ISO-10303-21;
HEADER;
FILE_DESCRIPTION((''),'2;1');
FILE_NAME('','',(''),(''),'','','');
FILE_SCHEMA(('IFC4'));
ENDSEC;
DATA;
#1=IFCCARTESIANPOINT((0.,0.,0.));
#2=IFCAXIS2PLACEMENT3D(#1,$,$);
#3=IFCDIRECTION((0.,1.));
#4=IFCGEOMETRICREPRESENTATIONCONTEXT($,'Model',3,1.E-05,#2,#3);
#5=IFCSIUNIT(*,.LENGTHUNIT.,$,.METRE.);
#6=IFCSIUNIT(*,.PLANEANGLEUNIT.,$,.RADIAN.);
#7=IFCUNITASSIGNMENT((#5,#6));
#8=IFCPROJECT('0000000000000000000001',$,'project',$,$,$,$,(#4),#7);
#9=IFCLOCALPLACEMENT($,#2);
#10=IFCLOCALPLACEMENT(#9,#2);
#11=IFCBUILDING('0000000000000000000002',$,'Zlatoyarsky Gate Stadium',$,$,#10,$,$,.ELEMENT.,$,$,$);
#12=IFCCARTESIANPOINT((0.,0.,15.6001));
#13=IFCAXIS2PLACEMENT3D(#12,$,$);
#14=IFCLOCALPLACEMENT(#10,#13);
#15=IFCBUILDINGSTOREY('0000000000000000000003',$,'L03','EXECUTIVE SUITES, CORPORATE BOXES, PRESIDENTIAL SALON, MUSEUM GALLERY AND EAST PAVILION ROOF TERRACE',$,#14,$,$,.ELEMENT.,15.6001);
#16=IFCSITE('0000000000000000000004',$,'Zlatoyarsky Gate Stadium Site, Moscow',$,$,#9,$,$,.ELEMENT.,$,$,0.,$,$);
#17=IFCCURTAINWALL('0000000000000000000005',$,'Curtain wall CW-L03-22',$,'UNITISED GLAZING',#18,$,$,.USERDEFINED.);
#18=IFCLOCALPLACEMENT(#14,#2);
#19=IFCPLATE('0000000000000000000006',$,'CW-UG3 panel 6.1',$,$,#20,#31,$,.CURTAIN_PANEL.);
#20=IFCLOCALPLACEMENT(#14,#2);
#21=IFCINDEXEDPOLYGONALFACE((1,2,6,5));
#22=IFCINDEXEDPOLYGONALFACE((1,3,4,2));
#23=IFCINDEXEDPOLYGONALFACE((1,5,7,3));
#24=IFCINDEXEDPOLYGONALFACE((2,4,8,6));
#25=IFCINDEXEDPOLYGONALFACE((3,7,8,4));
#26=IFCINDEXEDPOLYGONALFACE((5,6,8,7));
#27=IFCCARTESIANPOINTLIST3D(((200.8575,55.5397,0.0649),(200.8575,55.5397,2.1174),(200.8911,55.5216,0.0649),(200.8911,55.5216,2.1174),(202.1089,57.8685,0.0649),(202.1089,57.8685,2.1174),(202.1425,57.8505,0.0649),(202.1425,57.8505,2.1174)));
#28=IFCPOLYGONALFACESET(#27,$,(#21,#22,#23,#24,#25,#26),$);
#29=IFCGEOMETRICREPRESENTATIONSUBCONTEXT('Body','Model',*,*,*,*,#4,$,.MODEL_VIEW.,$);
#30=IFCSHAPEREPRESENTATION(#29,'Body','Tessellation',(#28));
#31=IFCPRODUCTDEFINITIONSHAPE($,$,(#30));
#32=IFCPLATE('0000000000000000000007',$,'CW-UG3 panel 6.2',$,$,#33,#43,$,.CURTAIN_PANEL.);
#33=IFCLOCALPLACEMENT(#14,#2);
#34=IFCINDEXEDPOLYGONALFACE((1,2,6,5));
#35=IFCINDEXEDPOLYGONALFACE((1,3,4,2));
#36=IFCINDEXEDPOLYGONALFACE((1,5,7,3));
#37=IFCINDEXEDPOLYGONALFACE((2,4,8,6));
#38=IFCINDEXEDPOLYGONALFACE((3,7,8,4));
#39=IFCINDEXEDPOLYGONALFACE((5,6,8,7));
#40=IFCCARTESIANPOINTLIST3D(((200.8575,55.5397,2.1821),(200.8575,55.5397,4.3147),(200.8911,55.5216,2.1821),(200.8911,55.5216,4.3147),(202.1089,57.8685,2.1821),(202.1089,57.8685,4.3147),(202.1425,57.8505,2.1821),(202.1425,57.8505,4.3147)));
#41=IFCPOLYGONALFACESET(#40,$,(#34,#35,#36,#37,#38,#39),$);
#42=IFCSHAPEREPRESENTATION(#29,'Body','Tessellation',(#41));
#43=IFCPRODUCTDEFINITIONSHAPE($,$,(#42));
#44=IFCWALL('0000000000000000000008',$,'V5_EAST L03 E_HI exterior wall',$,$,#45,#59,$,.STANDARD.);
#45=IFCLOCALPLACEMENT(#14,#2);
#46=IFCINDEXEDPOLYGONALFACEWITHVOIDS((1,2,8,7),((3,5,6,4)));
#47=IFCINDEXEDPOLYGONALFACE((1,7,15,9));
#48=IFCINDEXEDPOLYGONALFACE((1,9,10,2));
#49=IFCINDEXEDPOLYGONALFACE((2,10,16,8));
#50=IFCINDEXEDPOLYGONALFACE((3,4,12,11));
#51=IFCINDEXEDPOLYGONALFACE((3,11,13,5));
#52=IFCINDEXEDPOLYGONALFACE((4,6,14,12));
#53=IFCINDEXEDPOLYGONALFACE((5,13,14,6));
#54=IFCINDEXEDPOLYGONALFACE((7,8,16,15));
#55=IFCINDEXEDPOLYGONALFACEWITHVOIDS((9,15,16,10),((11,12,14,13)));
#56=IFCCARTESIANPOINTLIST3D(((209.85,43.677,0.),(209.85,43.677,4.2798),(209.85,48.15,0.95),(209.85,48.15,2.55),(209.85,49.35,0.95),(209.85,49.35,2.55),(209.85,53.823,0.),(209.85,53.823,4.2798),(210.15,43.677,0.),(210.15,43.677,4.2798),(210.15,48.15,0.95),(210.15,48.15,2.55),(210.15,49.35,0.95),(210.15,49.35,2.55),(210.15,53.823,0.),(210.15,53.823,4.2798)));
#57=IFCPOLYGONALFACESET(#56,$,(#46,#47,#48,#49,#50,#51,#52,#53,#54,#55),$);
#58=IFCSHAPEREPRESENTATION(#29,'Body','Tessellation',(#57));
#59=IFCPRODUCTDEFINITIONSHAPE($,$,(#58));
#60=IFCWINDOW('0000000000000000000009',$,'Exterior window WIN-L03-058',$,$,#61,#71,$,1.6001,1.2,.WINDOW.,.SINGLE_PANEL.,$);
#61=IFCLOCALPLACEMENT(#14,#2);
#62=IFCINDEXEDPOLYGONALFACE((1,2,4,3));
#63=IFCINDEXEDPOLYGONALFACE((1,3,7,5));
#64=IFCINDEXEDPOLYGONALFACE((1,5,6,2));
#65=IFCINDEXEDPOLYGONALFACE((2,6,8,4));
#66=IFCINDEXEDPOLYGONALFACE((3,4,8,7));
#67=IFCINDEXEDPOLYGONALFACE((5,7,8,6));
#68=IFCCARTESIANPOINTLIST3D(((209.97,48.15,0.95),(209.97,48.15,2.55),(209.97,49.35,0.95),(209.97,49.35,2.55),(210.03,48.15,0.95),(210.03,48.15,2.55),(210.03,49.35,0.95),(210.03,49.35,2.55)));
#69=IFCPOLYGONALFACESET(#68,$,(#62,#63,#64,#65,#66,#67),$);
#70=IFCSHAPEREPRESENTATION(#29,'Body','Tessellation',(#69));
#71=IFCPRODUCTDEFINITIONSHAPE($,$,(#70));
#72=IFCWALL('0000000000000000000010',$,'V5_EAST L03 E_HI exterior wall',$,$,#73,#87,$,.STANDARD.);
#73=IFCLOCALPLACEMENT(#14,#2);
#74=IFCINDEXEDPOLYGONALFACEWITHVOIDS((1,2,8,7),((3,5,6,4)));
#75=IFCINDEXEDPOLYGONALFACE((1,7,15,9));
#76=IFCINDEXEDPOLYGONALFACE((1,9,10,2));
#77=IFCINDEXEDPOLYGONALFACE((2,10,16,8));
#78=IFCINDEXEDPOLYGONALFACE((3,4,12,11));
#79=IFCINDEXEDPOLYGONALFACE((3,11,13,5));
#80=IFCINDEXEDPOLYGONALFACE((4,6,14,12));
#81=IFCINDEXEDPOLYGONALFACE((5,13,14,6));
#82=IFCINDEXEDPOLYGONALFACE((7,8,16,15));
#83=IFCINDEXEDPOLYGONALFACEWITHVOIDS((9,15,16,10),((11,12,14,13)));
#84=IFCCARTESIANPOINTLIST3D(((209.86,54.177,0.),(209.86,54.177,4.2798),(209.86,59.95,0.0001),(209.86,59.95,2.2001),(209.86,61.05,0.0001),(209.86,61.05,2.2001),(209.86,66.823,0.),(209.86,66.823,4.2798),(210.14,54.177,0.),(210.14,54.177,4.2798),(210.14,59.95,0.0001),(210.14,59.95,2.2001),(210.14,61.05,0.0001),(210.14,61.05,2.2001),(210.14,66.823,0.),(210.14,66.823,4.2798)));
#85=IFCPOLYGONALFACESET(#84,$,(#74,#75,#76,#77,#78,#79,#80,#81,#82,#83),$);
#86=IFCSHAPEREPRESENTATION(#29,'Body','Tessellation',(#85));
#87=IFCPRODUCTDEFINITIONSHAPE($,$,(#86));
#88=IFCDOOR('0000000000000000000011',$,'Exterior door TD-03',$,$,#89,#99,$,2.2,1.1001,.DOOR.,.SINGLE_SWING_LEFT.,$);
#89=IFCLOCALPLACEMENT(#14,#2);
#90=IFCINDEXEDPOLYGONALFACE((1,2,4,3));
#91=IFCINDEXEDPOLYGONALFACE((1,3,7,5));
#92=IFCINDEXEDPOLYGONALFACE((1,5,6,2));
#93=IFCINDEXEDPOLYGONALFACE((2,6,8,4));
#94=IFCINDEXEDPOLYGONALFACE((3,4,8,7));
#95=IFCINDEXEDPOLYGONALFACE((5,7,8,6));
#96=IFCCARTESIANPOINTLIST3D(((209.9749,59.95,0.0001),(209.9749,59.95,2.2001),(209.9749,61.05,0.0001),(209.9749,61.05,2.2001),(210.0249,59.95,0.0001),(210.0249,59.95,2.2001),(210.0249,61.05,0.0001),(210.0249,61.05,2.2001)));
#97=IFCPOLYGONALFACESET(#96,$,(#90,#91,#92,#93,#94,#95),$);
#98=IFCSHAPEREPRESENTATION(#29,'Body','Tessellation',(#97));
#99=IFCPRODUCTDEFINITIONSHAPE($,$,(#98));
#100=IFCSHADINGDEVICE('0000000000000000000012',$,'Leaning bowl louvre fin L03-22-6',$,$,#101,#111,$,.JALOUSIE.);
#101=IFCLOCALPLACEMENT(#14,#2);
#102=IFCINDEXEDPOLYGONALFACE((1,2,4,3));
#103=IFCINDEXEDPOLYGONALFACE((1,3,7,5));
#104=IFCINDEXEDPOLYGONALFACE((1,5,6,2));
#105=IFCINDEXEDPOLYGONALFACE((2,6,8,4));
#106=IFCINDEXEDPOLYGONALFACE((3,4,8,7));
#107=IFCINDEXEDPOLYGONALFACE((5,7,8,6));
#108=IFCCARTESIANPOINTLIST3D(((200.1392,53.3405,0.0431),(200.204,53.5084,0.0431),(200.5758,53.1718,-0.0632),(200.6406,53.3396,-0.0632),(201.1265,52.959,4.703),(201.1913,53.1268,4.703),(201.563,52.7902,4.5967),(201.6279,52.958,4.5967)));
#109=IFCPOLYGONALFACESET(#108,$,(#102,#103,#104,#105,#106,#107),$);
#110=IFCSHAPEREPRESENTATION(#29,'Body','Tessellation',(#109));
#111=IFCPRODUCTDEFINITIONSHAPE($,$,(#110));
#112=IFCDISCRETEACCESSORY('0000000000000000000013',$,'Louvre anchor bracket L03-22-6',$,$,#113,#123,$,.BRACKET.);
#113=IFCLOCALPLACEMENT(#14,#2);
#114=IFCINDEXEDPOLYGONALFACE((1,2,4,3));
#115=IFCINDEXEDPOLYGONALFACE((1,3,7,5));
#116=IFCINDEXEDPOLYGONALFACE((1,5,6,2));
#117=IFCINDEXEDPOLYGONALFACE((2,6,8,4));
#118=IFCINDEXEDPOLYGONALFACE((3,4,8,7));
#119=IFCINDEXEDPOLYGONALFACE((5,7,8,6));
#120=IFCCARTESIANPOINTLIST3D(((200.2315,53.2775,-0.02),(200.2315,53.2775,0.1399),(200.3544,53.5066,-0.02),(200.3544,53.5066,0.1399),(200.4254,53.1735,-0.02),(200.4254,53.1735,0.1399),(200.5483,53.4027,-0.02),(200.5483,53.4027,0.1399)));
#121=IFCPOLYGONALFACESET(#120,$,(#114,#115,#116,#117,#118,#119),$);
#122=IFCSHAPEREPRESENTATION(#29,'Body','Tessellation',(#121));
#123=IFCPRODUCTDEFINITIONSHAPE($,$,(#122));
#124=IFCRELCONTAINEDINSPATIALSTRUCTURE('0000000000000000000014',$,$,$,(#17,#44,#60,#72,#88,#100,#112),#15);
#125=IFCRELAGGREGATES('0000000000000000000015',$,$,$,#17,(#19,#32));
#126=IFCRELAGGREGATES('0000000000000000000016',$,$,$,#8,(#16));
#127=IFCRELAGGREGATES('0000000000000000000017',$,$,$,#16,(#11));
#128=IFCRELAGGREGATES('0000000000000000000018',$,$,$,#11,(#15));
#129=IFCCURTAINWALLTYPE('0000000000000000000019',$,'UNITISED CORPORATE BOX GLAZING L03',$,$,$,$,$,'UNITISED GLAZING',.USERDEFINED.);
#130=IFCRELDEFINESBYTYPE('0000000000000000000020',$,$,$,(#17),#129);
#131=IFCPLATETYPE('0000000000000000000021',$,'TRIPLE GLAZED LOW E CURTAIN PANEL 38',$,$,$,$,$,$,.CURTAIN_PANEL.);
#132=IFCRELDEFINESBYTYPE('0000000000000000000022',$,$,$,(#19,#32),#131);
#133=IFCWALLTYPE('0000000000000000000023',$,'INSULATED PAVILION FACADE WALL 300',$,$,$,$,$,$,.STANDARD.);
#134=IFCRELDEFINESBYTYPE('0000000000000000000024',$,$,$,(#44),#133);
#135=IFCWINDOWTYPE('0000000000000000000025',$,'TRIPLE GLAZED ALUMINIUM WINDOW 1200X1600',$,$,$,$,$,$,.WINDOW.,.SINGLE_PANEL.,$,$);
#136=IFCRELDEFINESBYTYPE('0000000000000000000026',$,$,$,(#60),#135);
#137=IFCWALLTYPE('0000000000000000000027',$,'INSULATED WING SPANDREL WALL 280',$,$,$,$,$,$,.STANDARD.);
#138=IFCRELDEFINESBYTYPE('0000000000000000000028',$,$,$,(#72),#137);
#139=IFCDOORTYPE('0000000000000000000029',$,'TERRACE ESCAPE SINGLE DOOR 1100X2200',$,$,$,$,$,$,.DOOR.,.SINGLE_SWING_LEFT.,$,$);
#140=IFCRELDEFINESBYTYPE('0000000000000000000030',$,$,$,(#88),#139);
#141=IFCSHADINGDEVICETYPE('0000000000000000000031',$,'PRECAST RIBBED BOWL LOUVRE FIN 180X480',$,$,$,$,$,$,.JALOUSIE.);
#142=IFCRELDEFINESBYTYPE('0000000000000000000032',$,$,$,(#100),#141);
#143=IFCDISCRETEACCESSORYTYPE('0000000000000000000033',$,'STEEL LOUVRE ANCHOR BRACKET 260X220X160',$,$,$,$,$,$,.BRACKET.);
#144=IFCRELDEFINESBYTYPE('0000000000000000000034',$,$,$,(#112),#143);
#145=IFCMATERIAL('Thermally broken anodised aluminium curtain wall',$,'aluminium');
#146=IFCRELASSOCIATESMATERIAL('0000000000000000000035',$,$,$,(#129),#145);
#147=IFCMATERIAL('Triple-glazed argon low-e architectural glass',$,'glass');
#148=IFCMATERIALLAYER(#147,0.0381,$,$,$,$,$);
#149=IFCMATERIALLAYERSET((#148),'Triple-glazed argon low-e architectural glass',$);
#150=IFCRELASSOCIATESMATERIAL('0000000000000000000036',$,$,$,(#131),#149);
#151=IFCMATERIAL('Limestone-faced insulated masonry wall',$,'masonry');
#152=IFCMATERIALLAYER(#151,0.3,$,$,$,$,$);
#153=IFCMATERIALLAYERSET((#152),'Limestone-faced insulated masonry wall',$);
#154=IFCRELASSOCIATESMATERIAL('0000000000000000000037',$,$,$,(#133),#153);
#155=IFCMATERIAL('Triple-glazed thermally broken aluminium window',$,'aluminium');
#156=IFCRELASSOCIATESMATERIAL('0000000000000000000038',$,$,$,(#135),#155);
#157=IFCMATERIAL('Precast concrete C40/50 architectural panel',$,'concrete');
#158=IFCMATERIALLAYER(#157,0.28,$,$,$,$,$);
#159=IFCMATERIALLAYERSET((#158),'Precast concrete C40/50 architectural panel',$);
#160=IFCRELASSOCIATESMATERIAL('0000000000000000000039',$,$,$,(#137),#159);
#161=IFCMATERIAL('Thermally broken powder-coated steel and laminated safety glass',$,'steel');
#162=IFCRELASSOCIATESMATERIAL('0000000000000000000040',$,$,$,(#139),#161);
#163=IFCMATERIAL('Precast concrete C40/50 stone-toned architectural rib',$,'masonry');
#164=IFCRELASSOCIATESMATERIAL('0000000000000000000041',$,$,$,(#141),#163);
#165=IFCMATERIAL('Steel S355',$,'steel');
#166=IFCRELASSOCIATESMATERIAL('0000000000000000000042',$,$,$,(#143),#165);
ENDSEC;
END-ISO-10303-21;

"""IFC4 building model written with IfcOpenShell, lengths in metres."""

from ifc_helpers import new_model, si_unit, direction, frame, frame_2d, origin, origin_2d, place, context, subcontext, project, spatial, rectangle, extrude, material, layer, layer_set, material_profile, profile_set, type_object, element, fill, aggregate, save


model = new_model("IFC4")

# Units and contexts
model_context = context("Model", 3, precision=1e-05, world=origin(), true_north=direction((0.0, 1.0)))
body_context = subcontext(model_context, "Body", "Model", "MODEL_VIEW")
ifc_project = project(units=[si_unit("LENGTHUNIT", "METRE"), si_unit("PLANEANGLEUNIT", "RADIAN")], contexts=[model_context])

# Site, building, storey
site_placement = place(None, origin())
site = spatial("IfcSite", under=ifc_project, at=site_placement, Name="Zlatoyarsky Gate Stadium Site, Moscow", CompositionType="ELEMENT", RefElevation=0.0)
building_placement = place(site_placement, origin())
building = spatial("IfcBuilding", under=site, at=building_placement, Name="Zlatoyarsky Gate Stadium", CompositionType="ELEMENT")
storey_placement = place(building_placement, frame((0.0, 0.0, 15.6001)))
storey = spatial("IfcBuildingStorey", under=building, at=storey_placement, Name="L03", Description="EXECUTIVE SUITES, CORPORATE BOXES, PRESIDENTIAL SALON, MUSEUM GALLERY AND EAST PAVILION ROOF TERRACE", CompositionType="ELEMENT", Elevation=15.6001)

# Shared definitions
ifc_material_1 = material(Name="Steel S355", Category="steel")

# Curtain wall
ifc_material_2 = material(Name="Thermally broken anodised aluminium curtain wall", Category="aluminium")
curtain_wall_type = type_object("IfcCurtainWallType", Name="UNITISED CORPORATE BOX GLAZING L03", ElementType="UNITISED GLAZING", PredefinedType="USERDEFINED", material=ifc_material_2)
curtain_wall_placement = place(storey_placement, origin())
curtain_wall = element("IfcCurtainWall", 1, at=curtain_wall_placement, inside=storey, type_object=curtain_wall_type, Name="Curtain wall CW-L03-22", ObjectType="UNITISED GLAZING", PredefinedType="USERDEFINED")

# Plates
ifc_material_3 = material(Name="Triple-glazed argon low-e architectural glass", Category="glass")
ifc_layer_1 = layer(ifc_material_3, 0.0381)
ifc_layer_set_1 = layer_set([ifc_layer_1], Name="Triple-glazed argon low-e architectural glass")
plate_type_1 = type_object("IfcPlateType", Name="TRIPLE GLAZED LOW E CURTAIN PANEL 38", PredefinedType="CURTAIN_PANEL", material=ifc_layer_set_1)
plate_1_placement = place(storey_placement, frame((201.5, 56.6951, 0.0649), z_axis=(0.0, 0.0, 1.0), x_axis=(0.473345, 0.880877, 0.0)))
plate_1 = element("IfcPlate", 2, at=plate_1_placement, type_object=plate_type_1, Name="CW-UG3 panel 6.1", PredefinedType="CURTAIN_PANEL", context=body_context, shape_type="SweptSolid", body=[
    extrude(rectangle(XDim=2.6438, YDim=0.0381, at=origin_2d()), origin(), (0.0, 0.0, 1.0), 2.0525),
])
plate_2_placement = place(storey_placement, frame((201.5, 56.6951, 2.1821), z_axis=(0.0, 0.0, 1.0), x_axis=(0.473345, 0.880877, 0.0)))
plate_2 = element("IfcPlate", 3, at=plate_2_placement, type_object=plate_type_1, Name="CW-UG3 panel 6.2", PredefinedType="CURTAIN_PANEL", context=body_context, shape_type="SweptSolid", body=[
    extrude(rectangle(XDim=2.6438, YDim=0.0381, at=origin_2d()), origin(), (0.0, 0.0, 1.0), 2.1326),
])
aggregate(curtain_wall, [plate_1, plate_2])

# Wall, opening, window
ifc_material_4 = material(Name="Limestone-faced insulated masonry wall", Category="masonry")
ifc_layer_2 = layer(ifc_material_4, 0.3)
ifc_layer_set_2 = layer_set([ifc_layer_2], Name="Limestone-faced insulated masonry wall")
wall_type_1 = type_object("IfcWallType", Name="INSULATED PAVILION FACADE WALL 300", PredefinedType="STANDARD", material=ifc_layer_set_2)
wall_1_placement = place(storey_placement, frame((210.0, 43.677, 0.0), z_axis=(0.0, 0.0, 1.0), x_axis=(0.0, 1.0, 0.0)))
wall_1 = element("IfcWall", 4, at=wall_1_placement, inside=storey, type_object=wall_type_1, Name="V5_EAST L03 E_HI exterior wall", PredefinedType="STANDARD", context=body_context, shape_type="SweptSolid", body=[
    extrude(rectangle(XDim=10.146, YDim=0.3, at=frame_2d((5.073, 0.0))), origin(), (0.0, 0.0, 1.0), 4.2798),
])
opening_1_placement = place(wall_1_placement, frame((4.4729, 0.0, 0.95)))
opening_1 = element("IfcOpeningElement", 5, at=opening_1_placement, cuts=wall_1, PredefinedType="OPENING", context=body_context, shape_type="SweptSolid", body=[
    extrude(rectangle(XDim=1.2, YDim=1.6001, at=frame_2d((0.6001, 0.8))), frame((0.0, 0.1599, 0.0), z_axis=(0.0, -1.0, 0.0), x_axis=(1.0, 0.0, 0.0)), (0.0, 0.0, 1.0), 0.3201),
])
ifc_material_5 = material(Name="Triple-glazed thermally broken aluminium window", Category="aluminium")
window_type = type_object("IfcWindowType", Name="TRIPLE GLAZED ALUMINIUM WINDOW 1200X1600", PartitioningType="SINGLE_PANEL", PredefinedType="WINDOW", material=ifc_material_5)
window_placement = place(opening_1_placement, origin())
window = element("IfcWindow", 6, at=window_placement, inside=storey, type_object=window_type, Name="Exterior window WIN-L03-058", OverallHeight=1.6001, OverallWidth=1.2, PartitioningType="SINGLE_PANEL", PredefinedType="WINDOW", context=body_context, shape_type="SweptSolid", body=[
    extrude(rectangle(XDim=1.2, YDim=1.6001, at=frame_2d((0.6001, 0.8))), frame((0.0, 0.03, 0.0), z_axis=(0.0, -1.0, 0.0), x_axis=(1.0, 0.0, 0.0)), (0.0, 0.0, 1.0), 0.0601),
])
fill(opening_1, window)

# Wall, opening, door
ifc_material_6 = material(Name="Precast concrete C40/50 architectural panel", Category="concrete")
ifc_layer_3 = layer(ifc_material_6, 0.28)
ifc_layer_set_3 = layer_set([ifc_layer_3], Name="Precast concrete C40/50 architectural panel")
wall_type_2 = type_object("IfcWallType", Name="INSULATED WING SPANDREL WALL 280", PredefinedType="STANDARD", material=ifc_layer_set_3)
wall_2_placement = place(storey_placement, frame((210.0, 54.177, 0.0), z_axis=(0.0, 0.0, 1.0), x_axis=(0.0, 1.0, 0.0)))
wall_2 = element("IfcWall", 7, at=wall_2_placement, inside=storey, type_object=wall_type_2, Name="V5_EAST L03 E_HI exterior wall", PredefinedType="STANDARD", context=body_context, shape_type="SweptSolid", body=[
    extrude(rectangle(XDim=12.646, YDim=0.28, at=frame_2d((6.323, 0.0))), origin(), (0.0, 0.0, 1.0), 4.2798),
])
opening_2_placement = place(wall_2_placement, frame((5.7729, 0.0, 0.0)))
opening_2 = element("IfcOpeningElement", 8, at=opening_2_placement, cuts=wall_2, PredefinedType="OPENING", context=body_context, shape_type="SweptSolid", body=[
    extrude(rectangle(XDim=1.1001, YDim=2.2, at=frame_2d((0.55, 1.1001))), frame((0.0, 0.1499, 0.0), z_axis=(0.0, -1.0, 0.0), x_axis=(1.0, 0.0, 0.0)), (0.0, 0.0, 1.0), 0.3),
])
ifc_material_7 = material(Name="Thermally broken powder-coated steel and laminated safety glass", Category="steel")
door_type = type_object("IfcDoorType", Name="TERRACE ESCAPE SINGLE DOOR 1100X2200", OperationType="SINGLE_SWING_LEFT", PredefinedType="DOOR", material=ifc_material_7)
door_placement = place(opening_2_placement, frame((1.1001, 0.0, 0.0), z_axis=(0.0, 0.0, 1.0), x_axis=(-1.0, 0.0, 0.0)))
door = element("IfcDoor", 9, at=door_placement, inside=storey, type_object=door_type, Name="Exterior door TD-03", OperationType="SINGLE_SWING_LEFT", OverallHeight=2.2, OverallWidth=1.1001, PredefinedType="DOOR", context=body_context, shape_type="SweptSolid", body=[
    extrude(rectangle(XDim=1.1001, YDim=2.2, at=frame_2d((0.55, 1.1001))), frame((0.0, 0.0249, 0.0), z_axis=(0.0, -1.0, 0.0), x_axis=(1.0, 0.0, 0.0)), (0.0, 0.0, 1.0), 0.05),
])
fill(opening_2, door)

# Shading device
ifc_material_8 = material(Name="Precast concrete C40/50 stone-toned architectural rib", Category="masonry")
ifc_material_profile_1 = material_profile(ifc_material_8, rectangle(XDim=0.1799, YDim=0.48, at=origin_2d()), Name="RIB 180X480")
ifc_profile_set_1 = profile_set([ifc_material_profile_1], Name="Precast concrete C40/50 stone-toned architectural rib")
shading_device_type = type_object("IfcShadingDeviceType", Name="PRECAST RIBBED BOWL LOUVRE FIN 180X480", PredefinedType="JALOUSIE", material=ifc_profile_set_1)
shading_device_placement = place(storey_placement, frame((200.3899, 53.3401, -0.01), z_axis=(0.206609, -0.079854, 0.97516), x_axis=(0.360509, 0.932756, 0.0)))
element("IfcShadingDevice", 10, at=shading_device_placement, inside=storey, type_object=shading_device_type, Name="Leaning bowl louvre fin L03-22-6", PredefinedType="JALOUSIE", context=body_context, shape_type="SweptSolid", body=[
    extrude(rectangle(XDim=0.1799, YDim=0.48, at=origin_2d()), origin(), (0.0, 0.0, 1.0), 4.7786),
])

# Discrete accessory
discrete_accessory_type = type_object("IfcDiscreteAccessoryType", Name="STEEL LOUVRE ANCHOR BRACKET 260X220X160", PredefinedType="BRACKET", material=ifc_material_1)
discrete_accessory_placement = place(storey_placement, frame((200.3899, 53.3401, -0.02), z_axis=(0.0, 0.0, 1.0), x_axis=(0.472643, 0.881254, 0.0)))
element("IfcDiscreteAccessory", 11, at=discrete_accessory_placement, inside=storey, type_object=discrete_accessory_type, Name="Louvre anchor bracket L03-22-6", PredefinedType="BRACKET", context=body_context, shape_type="SweptSolid", body=[
    extrude(rectangle(XDim=0.26, YDim=0.22, at=origin_2d()), origin(), (0.0, 0.0, 1.0), 0.1599),
])

save(model, "model.ifc")
